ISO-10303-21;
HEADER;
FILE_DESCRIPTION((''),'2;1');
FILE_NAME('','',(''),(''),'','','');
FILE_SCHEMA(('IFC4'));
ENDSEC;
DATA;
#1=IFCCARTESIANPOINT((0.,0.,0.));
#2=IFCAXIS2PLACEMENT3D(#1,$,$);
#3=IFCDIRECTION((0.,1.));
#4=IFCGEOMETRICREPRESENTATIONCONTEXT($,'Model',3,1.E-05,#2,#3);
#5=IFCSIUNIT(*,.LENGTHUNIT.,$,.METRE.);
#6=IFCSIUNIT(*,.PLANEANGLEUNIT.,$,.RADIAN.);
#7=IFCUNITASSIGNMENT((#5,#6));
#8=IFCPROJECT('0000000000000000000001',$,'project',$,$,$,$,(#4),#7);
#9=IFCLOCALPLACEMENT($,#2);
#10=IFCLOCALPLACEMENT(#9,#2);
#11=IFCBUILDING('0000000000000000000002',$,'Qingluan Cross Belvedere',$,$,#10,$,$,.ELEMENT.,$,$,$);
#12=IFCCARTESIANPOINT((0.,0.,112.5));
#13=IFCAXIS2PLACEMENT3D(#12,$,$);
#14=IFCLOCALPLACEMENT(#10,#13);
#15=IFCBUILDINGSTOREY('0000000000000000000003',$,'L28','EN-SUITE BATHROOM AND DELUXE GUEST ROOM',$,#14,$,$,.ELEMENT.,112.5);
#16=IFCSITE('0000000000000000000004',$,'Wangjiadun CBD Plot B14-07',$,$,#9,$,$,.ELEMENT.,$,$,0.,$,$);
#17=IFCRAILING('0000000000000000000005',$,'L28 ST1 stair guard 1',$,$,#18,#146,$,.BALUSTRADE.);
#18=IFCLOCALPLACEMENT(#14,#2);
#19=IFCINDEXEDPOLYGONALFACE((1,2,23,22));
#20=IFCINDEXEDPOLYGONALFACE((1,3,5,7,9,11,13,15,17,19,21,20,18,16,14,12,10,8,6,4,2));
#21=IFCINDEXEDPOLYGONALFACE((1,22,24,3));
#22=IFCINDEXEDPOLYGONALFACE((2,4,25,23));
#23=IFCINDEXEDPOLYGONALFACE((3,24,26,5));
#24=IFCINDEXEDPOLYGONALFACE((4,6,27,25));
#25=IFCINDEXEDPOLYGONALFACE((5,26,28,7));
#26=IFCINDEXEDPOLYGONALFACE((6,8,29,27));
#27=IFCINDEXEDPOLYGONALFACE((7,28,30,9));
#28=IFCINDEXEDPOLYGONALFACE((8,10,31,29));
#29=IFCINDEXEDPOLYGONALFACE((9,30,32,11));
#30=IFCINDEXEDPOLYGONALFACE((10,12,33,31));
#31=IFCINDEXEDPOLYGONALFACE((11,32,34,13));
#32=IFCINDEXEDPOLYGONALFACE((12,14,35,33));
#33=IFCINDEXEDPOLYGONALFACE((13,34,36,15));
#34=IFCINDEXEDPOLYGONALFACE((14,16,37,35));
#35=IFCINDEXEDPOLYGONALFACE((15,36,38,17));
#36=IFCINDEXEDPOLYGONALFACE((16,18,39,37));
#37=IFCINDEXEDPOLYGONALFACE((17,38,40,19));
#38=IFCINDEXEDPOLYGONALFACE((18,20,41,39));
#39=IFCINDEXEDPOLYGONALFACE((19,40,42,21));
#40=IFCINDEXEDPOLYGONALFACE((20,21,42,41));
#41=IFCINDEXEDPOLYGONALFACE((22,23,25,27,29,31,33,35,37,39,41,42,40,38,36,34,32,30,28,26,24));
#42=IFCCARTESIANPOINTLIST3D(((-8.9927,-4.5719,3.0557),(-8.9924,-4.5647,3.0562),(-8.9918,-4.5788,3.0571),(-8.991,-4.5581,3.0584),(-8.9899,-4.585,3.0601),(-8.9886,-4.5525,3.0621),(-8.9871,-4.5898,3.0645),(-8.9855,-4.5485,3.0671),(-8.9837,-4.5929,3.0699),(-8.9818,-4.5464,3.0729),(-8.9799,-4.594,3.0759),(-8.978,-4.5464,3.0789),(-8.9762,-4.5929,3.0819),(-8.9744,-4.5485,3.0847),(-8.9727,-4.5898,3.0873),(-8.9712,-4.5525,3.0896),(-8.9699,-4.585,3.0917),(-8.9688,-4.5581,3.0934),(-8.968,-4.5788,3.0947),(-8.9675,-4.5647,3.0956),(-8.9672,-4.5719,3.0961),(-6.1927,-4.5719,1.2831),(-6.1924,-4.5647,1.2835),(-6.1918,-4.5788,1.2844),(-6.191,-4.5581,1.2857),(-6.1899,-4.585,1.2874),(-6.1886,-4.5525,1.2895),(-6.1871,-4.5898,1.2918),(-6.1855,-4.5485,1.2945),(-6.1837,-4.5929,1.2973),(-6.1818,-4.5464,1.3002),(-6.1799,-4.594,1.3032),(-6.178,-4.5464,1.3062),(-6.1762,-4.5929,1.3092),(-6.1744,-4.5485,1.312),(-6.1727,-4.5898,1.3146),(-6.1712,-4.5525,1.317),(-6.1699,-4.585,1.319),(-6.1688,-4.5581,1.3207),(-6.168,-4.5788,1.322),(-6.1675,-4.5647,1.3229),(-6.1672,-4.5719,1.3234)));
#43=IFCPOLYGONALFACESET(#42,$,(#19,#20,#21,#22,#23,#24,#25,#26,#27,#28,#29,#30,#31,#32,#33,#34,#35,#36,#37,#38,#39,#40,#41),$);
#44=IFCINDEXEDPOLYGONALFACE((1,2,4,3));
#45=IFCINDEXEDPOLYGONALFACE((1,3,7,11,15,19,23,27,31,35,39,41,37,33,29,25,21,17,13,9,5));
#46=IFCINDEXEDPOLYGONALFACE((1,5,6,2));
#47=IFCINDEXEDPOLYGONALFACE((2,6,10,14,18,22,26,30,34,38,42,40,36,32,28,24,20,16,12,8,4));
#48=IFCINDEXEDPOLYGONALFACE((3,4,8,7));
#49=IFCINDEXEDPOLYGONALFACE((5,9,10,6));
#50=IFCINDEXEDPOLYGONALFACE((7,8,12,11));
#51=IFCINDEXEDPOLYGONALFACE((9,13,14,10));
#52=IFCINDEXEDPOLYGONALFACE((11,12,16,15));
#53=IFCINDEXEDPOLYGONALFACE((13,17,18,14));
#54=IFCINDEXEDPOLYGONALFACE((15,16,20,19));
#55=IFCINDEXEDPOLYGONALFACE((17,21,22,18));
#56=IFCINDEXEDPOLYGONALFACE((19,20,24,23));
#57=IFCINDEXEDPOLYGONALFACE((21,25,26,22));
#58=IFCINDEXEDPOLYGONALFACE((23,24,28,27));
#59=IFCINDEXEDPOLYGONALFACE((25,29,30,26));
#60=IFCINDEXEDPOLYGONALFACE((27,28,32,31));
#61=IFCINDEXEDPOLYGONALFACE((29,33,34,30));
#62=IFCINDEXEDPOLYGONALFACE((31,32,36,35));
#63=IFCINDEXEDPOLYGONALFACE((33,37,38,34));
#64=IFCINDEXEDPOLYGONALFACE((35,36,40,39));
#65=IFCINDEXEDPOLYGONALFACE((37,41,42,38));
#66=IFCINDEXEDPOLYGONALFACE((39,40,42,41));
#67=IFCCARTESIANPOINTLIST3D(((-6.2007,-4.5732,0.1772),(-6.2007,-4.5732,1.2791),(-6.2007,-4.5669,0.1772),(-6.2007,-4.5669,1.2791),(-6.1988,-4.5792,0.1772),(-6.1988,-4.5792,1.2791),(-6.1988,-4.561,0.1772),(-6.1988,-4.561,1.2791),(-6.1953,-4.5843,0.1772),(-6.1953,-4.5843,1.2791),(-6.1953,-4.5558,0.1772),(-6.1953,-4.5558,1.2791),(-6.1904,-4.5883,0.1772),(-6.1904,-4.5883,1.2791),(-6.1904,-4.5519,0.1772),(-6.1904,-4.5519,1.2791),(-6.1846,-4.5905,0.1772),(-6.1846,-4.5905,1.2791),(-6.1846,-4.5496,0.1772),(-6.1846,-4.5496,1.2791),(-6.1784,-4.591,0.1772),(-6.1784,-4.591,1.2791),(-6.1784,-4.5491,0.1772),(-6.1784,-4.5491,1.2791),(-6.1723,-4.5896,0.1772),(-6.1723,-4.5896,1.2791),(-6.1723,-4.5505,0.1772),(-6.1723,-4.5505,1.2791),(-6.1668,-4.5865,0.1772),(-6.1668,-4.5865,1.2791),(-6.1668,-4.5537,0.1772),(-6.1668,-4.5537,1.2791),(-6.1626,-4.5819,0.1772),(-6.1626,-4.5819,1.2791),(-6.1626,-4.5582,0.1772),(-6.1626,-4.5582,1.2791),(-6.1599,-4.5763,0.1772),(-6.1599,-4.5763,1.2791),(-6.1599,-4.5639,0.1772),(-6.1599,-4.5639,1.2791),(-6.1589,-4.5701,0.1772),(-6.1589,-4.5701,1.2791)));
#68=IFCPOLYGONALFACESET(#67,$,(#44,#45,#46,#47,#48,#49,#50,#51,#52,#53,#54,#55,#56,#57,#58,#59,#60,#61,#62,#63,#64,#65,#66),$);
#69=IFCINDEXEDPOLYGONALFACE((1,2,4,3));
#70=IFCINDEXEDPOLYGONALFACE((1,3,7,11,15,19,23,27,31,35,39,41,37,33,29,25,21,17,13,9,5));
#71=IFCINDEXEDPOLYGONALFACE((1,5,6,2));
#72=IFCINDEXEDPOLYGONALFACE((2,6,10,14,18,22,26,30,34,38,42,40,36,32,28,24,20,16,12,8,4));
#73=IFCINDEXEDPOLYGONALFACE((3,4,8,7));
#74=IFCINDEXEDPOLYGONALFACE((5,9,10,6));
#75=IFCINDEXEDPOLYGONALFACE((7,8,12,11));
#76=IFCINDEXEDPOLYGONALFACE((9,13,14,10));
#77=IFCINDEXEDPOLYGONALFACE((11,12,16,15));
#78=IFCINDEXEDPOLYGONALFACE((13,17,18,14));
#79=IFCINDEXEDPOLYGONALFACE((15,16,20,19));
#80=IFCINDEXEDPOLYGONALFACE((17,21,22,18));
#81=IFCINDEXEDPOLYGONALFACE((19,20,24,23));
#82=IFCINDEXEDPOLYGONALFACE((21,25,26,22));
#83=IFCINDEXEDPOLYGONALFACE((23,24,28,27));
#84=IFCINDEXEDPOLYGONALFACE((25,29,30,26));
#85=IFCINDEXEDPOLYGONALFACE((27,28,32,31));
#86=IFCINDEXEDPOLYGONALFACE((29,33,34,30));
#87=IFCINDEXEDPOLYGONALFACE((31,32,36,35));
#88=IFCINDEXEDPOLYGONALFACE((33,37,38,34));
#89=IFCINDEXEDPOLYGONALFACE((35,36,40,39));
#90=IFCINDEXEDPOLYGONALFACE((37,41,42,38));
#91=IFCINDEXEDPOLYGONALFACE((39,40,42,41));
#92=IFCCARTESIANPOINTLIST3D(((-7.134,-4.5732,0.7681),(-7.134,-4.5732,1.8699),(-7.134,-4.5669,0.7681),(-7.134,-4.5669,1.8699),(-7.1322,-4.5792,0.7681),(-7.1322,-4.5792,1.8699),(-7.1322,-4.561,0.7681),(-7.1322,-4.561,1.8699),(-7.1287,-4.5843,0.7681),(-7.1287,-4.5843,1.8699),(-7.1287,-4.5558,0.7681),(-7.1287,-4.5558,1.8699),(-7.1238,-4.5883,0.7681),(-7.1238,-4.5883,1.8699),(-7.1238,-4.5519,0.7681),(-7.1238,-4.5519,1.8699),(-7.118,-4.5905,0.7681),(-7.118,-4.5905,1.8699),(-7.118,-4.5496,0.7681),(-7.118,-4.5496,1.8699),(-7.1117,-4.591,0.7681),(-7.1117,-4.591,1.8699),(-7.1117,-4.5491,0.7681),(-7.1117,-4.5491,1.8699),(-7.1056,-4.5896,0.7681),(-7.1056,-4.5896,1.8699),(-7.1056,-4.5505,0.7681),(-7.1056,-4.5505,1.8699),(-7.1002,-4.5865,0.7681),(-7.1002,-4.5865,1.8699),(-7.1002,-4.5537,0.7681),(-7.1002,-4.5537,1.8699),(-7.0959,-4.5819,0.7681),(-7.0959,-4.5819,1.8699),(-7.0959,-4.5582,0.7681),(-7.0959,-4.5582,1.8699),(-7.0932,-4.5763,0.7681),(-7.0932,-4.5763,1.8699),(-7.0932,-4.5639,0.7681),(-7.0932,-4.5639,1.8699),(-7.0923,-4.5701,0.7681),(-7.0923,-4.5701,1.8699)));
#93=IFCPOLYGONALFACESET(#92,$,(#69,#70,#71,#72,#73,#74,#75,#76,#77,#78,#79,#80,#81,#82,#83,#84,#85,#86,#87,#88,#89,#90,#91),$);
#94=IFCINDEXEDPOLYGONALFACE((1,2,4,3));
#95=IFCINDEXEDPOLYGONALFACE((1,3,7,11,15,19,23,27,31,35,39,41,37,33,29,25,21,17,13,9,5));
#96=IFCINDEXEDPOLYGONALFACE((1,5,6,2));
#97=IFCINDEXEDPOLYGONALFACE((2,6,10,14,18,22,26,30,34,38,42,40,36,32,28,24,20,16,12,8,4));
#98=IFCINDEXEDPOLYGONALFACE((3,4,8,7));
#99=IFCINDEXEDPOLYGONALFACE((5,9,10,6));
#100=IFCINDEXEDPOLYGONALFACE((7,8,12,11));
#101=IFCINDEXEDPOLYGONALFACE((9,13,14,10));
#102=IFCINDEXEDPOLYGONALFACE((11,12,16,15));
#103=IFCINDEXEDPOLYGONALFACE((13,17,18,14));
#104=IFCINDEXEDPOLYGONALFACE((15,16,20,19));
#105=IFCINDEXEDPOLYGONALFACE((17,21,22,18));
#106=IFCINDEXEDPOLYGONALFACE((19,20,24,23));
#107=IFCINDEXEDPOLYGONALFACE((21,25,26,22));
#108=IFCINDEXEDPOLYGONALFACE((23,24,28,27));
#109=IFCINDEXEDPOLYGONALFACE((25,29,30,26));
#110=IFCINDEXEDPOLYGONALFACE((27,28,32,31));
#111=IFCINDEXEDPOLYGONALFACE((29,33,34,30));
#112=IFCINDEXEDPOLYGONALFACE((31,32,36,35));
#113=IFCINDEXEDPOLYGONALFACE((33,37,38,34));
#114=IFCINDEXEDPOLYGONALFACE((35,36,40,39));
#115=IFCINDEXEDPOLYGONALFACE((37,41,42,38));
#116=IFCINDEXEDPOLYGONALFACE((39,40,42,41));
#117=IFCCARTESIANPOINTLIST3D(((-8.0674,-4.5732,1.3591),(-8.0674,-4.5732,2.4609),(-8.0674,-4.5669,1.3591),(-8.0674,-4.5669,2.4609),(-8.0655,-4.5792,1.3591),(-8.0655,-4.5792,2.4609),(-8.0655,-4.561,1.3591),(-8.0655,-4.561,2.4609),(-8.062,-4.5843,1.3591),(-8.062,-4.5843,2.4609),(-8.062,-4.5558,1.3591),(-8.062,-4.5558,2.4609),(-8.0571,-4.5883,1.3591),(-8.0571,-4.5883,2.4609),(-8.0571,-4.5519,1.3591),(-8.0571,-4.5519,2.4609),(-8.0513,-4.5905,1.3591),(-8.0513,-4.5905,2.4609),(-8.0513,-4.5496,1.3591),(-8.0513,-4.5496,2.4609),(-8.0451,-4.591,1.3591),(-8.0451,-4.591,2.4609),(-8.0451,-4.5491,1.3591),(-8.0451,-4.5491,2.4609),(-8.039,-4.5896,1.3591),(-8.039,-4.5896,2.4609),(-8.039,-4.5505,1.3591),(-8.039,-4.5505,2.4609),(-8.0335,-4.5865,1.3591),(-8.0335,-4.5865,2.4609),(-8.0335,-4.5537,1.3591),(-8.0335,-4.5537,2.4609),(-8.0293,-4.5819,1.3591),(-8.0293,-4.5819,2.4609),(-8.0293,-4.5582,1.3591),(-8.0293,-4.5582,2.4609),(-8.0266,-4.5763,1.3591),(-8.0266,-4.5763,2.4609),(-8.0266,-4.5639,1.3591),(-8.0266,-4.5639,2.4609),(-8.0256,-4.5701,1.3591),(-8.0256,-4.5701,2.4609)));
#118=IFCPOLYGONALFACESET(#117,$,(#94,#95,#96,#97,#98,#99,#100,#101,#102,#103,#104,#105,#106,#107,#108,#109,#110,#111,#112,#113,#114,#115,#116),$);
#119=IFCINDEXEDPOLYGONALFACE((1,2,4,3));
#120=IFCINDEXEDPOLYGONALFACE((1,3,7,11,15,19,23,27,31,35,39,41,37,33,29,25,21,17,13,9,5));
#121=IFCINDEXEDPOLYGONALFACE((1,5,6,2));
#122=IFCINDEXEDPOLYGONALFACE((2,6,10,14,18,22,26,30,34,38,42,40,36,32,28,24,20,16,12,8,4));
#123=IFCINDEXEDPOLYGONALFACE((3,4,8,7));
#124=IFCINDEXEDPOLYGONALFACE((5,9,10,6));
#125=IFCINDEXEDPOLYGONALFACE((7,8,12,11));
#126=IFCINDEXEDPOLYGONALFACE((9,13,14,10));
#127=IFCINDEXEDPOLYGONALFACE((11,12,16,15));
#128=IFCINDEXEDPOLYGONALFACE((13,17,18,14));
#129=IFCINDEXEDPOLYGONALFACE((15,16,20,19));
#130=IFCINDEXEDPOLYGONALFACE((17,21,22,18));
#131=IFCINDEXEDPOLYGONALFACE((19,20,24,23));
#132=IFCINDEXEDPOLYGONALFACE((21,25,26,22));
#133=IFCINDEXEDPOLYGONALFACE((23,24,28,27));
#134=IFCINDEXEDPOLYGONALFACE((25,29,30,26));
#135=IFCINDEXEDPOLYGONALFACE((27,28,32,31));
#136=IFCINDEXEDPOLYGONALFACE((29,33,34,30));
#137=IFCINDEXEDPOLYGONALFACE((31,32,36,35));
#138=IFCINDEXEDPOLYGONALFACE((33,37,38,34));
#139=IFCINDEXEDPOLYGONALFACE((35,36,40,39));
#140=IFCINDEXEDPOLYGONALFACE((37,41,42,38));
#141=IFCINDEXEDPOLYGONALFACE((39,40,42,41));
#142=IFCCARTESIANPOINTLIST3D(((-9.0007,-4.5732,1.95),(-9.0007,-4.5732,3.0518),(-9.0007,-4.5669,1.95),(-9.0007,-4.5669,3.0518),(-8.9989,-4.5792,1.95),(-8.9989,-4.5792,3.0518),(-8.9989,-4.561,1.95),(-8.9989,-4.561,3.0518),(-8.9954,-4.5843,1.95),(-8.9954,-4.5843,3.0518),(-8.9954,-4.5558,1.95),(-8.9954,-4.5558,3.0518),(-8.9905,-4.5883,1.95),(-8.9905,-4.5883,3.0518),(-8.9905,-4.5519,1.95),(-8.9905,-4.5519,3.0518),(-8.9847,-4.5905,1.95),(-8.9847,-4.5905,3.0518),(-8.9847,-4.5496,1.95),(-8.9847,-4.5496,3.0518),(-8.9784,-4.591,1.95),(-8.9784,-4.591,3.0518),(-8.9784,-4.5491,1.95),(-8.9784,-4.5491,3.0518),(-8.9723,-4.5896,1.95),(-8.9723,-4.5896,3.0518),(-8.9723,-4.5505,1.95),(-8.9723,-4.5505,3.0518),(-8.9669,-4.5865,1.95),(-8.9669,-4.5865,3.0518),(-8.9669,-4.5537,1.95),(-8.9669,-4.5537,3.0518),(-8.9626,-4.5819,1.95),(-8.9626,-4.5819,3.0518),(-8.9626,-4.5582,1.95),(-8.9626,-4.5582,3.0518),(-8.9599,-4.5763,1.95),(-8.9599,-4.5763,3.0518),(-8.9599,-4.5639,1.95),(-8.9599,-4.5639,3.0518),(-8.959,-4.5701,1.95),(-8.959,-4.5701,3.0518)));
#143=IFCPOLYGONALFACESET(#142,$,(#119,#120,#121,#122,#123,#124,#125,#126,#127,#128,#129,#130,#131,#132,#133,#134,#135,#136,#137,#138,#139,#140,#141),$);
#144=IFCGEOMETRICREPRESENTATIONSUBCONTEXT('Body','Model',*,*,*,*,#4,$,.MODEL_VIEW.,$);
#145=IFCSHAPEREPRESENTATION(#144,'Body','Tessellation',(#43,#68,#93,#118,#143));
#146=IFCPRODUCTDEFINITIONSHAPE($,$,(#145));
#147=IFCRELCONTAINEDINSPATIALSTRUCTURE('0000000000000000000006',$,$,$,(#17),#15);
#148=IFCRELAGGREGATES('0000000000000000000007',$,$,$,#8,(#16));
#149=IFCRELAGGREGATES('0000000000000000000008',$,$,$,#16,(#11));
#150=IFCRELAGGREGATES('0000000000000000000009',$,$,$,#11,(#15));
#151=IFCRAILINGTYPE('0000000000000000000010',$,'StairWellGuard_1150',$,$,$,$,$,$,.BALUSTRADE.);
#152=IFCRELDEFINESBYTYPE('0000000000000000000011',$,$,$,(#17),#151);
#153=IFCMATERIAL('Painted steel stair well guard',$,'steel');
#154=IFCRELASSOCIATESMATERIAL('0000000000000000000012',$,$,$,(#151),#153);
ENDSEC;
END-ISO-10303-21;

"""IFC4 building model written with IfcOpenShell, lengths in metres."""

from ifc_helpers import new_model, si_unit, direction, frame, origin, origin_2d, place, context, subcontext, project, spatial, circle, extrude, material, type_object, element, save


model = new_model("IFC4")

# Units and contexts
model_context = context("Model", 3, precision=1e-05, world=origin(), true_north=direction((0.0, 1.0)))
body_context = subcontext(model_context, "Body", "Model", "MODEL_VIEW")
ifc_project = project(units=[si_unit("LENGTHUNIT", "METRE"), si_unit("PLANEANGLEUNIT", "RADIAN")], contexts=[model_context])

# Site, building, storey
site_placement = place(None, origin())
site = spatial("IfcSite", under=ifc_project, at=site_placement, Name="Wangjiadun CBD Plot B14-07", CompositionType="ELEMENT", RefElevation=0.0)
building_placement = place(site_placement, origin())
building = spatial("IfcBuilding", under=site, at=building_placement, Name="Qingluan Cross Belvedere", CompositionType="ELEMENT")
storey_placement = place(building_placement, frame((0.0, 0.0, 112.5)))
storey = spatial("IfcBuildingStorey", under=building, at=storey_placement, Name="L28", Description="EN-SUITE BATHROOM AND DELUXE GUEST ROOM", CompositionType="ELEMENT", Elevation=112.5)

# Railing
ifc_material_1 = material(Name="Painted steel stair well guard", Category="steel")
railing_type_1 = type_object("IfcRailingType", Name="StairWellGuard_1150", PredefinedType="BALUSTRADE", material=ifc_material_1)
railing_1_placement = place(storey_placement, frame((-6.1799, -4.5701, 0.1772)))
element("IfcRailing", 1, at=railing_1_placement, inside=storey, type_object=railing_type_1, Name="L28 ST1 stair guard 1", PredefinedType="BALUSTRADE", context=body_context, shape_type="SweptSolid", body=[
    extrude(circle(Radius=0.0239, at=origin_2d()), frame((0.0, 0.0, 1.126), z_axis=(-0.844909, 0.0, 0.53491), x_axis=(0.0, -1.0, 0.0)), (0.0, 0.0, 1.0), 3.314),
    extrude(circle(Radius=0.021, at=origin_2d()), origin(), (0.0, 0.0, 1.0), 1.1018),
    extrude(circle(Radius=0.021, at=origin_2d()), frame((-0.9333, 0.0, 0.5908)), (0.0, 0.0, 1.0), 1.1018),
    extrude(circle(Radius=0.021, at=origin_2d()), frame((-1.8667, 0.0, 1.1819)), (0.0, 0.0, 1.0), 1.1018),
    extrude(circle(Radius=0.021, at=origin_2d()), frame((-2.8, 0.0, 1.7727)), (0.0, 0.0, 1.0), 1.1018),
])

save(model, "model.ifc")
